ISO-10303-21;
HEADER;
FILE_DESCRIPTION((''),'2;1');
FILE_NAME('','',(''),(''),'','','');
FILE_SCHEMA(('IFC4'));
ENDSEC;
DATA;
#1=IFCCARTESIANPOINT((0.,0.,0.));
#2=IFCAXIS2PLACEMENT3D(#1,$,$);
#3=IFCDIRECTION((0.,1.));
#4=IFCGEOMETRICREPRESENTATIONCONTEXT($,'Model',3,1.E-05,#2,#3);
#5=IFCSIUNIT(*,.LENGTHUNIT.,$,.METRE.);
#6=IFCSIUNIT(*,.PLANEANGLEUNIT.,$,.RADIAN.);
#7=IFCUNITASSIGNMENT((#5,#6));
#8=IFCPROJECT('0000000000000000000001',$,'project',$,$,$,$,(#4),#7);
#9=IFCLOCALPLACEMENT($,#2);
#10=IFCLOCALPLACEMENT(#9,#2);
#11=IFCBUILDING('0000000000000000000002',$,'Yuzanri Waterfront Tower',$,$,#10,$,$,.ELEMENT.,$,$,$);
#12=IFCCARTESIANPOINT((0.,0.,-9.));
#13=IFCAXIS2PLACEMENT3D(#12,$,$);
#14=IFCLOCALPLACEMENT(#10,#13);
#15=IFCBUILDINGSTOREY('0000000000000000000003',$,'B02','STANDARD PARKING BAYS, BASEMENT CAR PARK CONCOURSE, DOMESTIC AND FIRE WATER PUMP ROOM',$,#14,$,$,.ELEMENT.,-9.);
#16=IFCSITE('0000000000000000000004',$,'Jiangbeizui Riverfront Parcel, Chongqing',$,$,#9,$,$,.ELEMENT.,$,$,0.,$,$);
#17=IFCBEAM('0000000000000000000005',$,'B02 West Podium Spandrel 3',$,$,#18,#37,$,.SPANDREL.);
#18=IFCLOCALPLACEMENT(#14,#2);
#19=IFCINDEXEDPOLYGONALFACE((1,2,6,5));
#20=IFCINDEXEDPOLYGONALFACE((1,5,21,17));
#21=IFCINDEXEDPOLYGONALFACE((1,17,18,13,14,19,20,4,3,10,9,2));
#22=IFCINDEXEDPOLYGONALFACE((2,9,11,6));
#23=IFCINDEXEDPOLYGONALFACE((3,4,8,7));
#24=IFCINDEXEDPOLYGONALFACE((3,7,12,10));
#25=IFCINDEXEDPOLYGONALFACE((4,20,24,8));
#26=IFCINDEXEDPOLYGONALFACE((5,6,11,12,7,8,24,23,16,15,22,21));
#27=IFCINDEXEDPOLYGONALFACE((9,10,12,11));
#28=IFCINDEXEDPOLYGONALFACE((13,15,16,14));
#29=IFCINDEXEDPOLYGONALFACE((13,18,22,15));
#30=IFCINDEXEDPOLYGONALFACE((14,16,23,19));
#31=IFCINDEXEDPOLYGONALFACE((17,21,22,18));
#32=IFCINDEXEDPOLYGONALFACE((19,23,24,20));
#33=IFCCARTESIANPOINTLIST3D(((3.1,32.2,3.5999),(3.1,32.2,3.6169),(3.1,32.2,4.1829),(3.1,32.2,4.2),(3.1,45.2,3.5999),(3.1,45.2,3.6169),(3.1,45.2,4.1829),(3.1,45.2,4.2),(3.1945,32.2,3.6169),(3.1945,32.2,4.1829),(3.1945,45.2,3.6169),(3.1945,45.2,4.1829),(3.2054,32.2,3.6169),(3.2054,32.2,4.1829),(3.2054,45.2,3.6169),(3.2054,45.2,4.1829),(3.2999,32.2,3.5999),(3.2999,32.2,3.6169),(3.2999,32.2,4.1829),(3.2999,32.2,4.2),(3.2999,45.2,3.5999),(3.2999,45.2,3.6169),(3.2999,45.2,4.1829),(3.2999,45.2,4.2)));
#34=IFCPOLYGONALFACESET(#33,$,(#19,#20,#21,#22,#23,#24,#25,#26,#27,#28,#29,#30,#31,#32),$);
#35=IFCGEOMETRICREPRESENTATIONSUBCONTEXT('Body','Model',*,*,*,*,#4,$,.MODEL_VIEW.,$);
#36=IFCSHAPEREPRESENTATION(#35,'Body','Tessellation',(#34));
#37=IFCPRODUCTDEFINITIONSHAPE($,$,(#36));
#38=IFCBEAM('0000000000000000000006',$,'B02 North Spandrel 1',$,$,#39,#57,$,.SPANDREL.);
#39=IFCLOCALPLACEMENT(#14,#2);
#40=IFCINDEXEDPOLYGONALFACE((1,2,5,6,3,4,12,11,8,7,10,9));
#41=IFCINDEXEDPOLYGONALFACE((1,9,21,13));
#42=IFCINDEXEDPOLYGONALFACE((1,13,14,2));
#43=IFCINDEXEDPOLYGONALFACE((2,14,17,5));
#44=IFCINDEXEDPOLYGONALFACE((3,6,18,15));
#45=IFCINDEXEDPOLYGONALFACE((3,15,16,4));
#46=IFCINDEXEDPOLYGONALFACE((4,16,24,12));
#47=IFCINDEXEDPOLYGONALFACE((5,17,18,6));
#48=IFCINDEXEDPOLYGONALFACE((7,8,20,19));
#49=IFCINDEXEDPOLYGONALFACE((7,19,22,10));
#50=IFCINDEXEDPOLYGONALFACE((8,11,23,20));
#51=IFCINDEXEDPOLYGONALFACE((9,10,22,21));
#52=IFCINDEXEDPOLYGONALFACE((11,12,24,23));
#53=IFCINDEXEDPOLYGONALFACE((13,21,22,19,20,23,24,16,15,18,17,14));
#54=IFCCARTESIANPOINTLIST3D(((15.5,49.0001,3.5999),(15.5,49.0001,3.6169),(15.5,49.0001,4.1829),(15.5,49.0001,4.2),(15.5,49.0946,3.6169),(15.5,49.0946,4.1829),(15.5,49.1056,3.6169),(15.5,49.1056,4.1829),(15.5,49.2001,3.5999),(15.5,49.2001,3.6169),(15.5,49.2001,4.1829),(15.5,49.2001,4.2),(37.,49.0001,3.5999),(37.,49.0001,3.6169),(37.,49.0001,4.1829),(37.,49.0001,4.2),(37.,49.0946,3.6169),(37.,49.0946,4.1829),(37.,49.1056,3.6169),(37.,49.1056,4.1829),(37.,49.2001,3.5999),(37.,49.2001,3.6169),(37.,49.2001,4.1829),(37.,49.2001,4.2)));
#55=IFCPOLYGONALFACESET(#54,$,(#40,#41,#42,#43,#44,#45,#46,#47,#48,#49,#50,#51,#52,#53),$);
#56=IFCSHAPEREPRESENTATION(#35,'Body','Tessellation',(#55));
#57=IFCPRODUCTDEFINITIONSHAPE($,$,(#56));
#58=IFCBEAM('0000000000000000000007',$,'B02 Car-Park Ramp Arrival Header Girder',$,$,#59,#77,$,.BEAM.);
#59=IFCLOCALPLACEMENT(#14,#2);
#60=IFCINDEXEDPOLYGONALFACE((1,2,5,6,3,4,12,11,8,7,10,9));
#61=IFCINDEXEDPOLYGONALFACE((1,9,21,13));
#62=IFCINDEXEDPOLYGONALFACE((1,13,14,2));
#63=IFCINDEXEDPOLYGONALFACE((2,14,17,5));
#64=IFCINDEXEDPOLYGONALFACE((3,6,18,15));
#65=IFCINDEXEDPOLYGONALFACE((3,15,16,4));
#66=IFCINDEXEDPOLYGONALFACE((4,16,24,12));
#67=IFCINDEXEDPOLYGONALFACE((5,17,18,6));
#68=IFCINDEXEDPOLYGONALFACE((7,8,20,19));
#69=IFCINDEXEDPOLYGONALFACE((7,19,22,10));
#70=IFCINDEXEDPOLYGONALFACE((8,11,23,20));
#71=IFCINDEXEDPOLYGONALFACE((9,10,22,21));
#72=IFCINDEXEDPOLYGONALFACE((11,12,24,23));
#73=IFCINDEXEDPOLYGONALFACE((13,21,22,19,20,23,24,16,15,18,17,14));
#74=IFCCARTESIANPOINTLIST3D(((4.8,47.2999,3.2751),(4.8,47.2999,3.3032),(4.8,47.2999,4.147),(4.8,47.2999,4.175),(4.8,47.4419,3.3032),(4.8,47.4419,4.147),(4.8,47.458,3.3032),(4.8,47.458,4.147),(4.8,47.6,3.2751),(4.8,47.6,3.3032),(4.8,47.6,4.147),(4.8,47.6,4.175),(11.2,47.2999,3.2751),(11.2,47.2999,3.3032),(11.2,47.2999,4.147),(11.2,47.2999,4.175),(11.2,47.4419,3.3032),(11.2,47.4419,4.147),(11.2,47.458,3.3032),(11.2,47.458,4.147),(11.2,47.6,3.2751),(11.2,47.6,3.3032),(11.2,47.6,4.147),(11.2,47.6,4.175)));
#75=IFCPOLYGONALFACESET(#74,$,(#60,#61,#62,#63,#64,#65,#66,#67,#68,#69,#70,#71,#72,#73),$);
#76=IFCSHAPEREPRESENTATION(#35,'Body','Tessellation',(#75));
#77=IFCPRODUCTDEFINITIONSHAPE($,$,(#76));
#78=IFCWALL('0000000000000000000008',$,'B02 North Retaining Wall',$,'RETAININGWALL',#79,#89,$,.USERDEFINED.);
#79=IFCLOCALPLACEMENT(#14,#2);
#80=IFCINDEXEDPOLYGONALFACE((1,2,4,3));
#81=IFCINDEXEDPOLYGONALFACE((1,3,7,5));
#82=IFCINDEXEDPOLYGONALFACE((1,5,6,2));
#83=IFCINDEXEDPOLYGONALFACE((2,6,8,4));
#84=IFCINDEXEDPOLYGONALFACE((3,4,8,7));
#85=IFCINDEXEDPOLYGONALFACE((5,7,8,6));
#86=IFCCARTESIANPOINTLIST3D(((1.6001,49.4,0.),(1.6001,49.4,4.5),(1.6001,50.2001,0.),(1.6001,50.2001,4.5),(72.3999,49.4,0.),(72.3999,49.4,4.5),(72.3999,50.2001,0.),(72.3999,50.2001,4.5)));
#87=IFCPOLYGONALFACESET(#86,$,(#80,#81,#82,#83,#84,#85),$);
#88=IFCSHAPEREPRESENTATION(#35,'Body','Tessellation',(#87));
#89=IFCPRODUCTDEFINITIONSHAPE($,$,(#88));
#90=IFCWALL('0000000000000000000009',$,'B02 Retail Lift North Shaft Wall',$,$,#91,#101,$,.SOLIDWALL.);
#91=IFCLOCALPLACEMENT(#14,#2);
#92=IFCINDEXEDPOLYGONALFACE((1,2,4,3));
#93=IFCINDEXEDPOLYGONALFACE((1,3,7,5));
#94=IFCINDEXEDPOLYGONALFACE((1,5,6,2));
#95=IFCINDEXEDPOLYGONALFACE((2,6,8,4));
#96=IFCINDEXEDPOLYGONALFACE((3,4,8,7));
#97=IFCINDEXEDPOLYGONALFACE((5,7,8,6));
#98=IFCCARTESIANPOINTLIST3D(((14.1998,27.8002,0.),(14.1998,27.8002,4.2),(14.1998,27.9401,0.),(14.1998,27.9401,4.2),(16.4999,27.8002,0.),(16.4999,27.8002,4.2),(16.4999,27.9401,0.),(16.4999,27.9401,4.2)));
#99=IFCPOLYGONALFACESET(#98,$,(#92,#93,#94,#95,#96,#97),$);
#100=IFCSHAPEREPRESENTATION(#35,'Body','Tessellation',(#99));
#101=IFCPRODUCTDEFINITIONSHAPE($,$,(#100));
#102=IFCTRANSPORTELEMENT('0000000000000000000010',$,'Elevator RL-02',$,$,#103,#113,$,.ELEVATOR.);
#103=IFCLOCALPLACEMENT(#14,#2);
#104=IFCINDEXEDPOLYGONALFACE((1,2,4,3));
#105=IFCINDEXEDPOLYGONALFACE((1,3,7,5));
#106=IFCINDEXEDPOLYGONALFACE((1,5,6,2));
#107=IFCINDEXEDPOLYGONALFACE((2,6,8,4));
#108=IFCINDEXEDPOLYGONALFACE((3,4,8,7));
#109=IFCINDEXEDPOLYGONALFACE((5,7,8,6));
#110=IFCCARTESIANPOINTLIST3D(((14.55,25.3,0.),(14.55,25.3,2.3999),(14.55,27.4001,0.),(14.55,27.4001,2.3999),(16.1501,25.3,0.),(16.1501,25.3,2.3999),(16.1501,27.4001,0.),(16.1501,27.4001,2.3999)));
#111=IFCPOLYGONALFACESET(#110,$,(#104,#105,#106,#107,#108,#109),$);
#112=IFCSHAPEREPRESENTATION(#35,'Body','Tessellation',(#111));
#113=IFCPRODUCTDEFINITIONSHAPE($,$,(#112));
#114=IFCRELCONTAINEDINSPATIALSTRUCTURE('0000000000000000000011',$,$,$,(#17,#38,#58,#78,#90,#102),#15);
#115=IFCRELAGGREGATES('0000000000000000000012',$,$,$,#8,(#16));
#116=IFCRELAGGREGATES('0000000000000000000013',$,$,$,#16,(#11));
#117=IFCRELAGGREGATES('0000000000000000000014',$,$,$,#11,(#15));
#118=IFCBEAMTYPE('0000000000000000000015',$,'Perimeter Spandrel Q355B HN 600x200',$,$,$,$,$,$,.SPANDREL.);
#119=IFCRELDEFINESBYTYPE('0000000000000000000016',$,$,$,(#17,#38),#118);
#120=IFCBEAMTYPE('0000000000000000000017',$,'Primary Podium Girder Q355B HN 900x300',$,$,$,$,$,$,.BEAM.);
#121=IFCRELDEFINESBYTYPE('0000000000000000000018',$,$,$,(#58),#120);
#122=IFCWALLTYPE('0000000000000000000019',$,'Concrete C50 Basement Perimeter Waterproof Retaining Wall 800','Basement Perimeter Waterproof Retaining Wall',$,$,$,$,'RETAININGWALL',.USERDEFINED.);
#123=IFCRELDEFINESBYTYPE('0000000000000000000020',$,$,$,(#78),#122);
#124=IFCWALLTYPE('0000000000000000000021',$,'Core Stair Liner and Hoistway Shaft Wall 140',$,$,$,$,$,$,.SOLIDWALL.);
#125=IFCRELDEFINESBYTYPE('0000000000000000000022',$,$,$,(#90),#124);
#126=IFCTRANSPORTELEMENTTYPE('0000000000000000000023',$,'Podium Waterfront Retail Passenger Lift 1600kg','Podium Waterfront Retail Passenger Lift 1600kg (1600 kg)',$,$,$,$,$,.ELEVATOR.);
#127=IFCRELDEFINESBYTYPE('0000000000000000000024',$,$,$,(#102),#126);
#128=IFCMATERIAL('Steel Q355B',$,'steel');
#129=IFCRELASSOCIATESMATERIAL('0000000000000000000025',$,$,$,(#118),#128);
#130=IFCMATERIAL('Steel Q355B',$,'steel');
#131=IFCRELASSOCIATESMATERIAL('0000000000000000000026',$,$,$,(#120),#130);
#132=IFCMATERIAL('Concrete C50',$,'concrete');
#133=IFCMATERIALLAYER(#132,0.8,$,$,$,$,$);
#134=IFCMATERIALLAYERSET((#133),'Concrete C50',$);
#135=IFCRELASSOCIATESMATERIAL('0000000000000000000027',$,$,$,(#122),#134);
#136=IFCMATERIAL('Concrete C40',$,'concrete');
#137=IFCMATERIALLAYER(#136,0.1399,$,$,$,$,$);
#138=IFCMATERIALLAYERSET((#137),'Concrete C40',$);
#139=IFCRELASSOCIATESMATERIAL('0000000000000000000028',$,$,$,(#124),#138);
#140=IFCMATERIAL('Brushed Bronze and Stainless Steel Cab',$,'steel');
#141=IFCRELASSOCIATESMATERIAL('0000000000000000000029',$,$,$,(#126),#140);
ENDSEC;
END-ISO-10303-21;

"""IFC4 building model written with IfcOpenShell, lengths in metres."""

from ifc_helpers import new_model, si_unit, direction, frame, frame_2d, origin, origin_2d, place, context, subcontext, project, spatial, rectangle, i_section, extrude, source, transform, mapped, material, layer, layer_set, material_profile, profile_set, type_object, element, save


model = new_model("IFC4")

# Units and contexts
model_context = context("Model", 3, precision=1e-05, world=origin(), true_north=direction((0.0, 1.0)))
body_context = subcontext(model_context, "Body", "Model", "MODEL_VIEW")
ifc_project = project(units=[si_unit("LENGTHUNIT", "METRE"), si_unit("PLANEANGLEUNIT", "RADIAN")], contexts=[model_context])

# Site, building, storey
site_placement = place(None, origin())
site = spatial("IfcSite", under=ifc_project, at=site_placement, Name="Jiangbeizui Riverfront Parcel, Chongqing", CompositionType="ELEMENT", RefElevation=0.0)
building_placement = place(site_placement, origin())
building = spatial("IfcBuilding", under=site, at=building_placement, Name="Yuzanri Waterfront Tower", CompositionType="ELEMENT")
storey_placement = place(building_placement, frame((0.0, 0.0, -9.0)))
storey = spatial("IfcBuildingStorey", under=building, at=storey_placement, Name="B02", Description="STANDARD PARKING BAYS, BASEMENT CAR PARK CONCOURSE, DOMESTIC AND FIRE WATER PUMP ROOM", CompositionType="ELEMENT", Elevation=-9.0)

# Beams
ifc_material_1 = material(Name="Steel Q355B", Category="steel")
ifc_material_profile_1 = material_profile(ifc_material_1, i_section(OverallWidth=0.2, OverallDepth=0.6001, WebThickness=0.011, FlangeThickness=0.0171, at=origin_2d()), Name="HN 600x200x11x17")
ifc_profile_set_1 = profile_set([ifc_material_profile_1], Name="Steel Q355B")
beam_type_1 = type_object("IfcBeamType", Name="Perimeter Spandrel Q355B HN 600x200", PredefinedType="SPANDREL", material=ifc_profile_set_1)
shared_shape_1 = source(origin(), body_context, "Body", "SweptSolid", [
    extrude(i_section(OverallWidth=0.2, OverallDepth=0.6001, WebThickness=0.011, FlangeThickness=0.0171, at=origin_2d()), origin(), (0.0, 0.0, 1.0), 13.0),
])
beam_1_placement = place(storey_placement, frame((3.2, 32.2, 3.8999), z_axis=(0.0, 1.0, 0.0), x_axis=(-1.0, 0.0, 0.0)))
element("IfcBeam", 1, at=beam_1_placement, inside=storey, type_object=beam_type_1, Name="B02 West Podium Spandrel 3", PredefinedType="SPANDREL", context=body_context, shape_type="MappedRepresentation", body=[
    mapped(shared_shape_1, transform((0.0, 0.0, 0.0), scale=1.0)),
])
shared_shape_2 = source(origin(), body_context, "Body", "SweptSolid", [
    extrude(i_section(OverallWidth=0.2, OverallDepth=0.6001, WebThickness=0.011, FlangeThickness=0.0171, at=origin_2d()), origin(), (0.0, 0.0, 1.0), 21.5),
])
beam_2_placement = place(storey_placement, frame((15.5, 49.1001, 3.8999), z_axis=(1.0, 0.0, 0.0), x_axis=(0.0, 1.0, 0.0)))
element("IfcBeam", 2, at=beam_2_placement, inside=storey, type_object=beam_type_1, Name="B02 North Spandrel 1", PredefinedType="SPANDREL", context=body_context, shape_type="MappedRepresentation", body=[
    mapped(shared_shape_2, transform((0.0, 0.0, 0.0), scale=1.0)),
])
ifc_material_2 = material(Name="Steel Q355B", Category="steel")
ifc_material_profile_2 = material_profile(ifc_material_2, i_section(OverallWidth=0.3, OverallDepth=0.8999, WebThickness=0.0161, FlangeThickness=0.0281, at=origin_2d()), Name="HN 900x300x16x28")
ifc_profile_set_2 = profile_set([ifc_material_profile_2], Name="Steel Q355B")
beam_type_2 = type_object("IfcBeamType", Name="Primary Podium Girder Q355B HN 900x300", PredefinedType="BEAM", material=ifc_profile_set_2)
shared_shape_3 = source(origin(), body_context, "Body", "SweptSolid", [
    extrude(i_section(OverallWidth=0.3, OverallDepth=0.8999, WebThickness=0.0161, FlangeThickness=0.0281, at=origin_2d()), origin(), (0.0, 0.0, 1.0), 6.3999),
])
beam_3_placement = place(storey_placement, frame((4.8, 47.45, 3.7251), z_axis=(1.0, 0.0, 0.0), x_axis=(0.0, 1.0, 0.0)))
element("IfcBeam", 3, at=beam_3_placement, inside=storey, type_object=beam_type_2, Name="B02 Car-Park Ramp Arrival Header Girder", PredefinedType="BEAM", context=body_context, shape_type="MappedRepresentation", body=[
    mapped(shared_shape_3, transform((0.0, 0.0, 0.0), scale=1.0)),
])

# Walls
ifc_material_3 = material(Name="Concrete C50", Category="concrete")
ifc_layer_1 = layer(ifc_material_3, 0.8)
ifc_layer_set_1 = layer_set([ifc_layer_1], Name="Concrete C50")
wall_type_1 = type_object("IfcWallType", Name="Concrete C50 Basement Perimeter Waterproof Retaining Wall 800", Description="Basement Perimeter Waterproof Retaining Wall", ElementType="RETAININGWALL", PredefinedType="USERDEFINED", material=ifc_layer_set_1)
shared_shape_4 = source(origin(), body_context, "Body", "SweptSolid", [
    extrude(rectangle(XDim=70.7998, YDim=0.8, at=frame_2d((35.3999, 0.0))), origin(), (0.0, 0.0, 1.0), 4.5),
])
wall_1_placement = place(storey_placement, frame((1.6001, 49.8, 0.0), z_axis=(0.0, 0.0, 1.0), x_axis=(1.0, 0.0, 0.0)))
element("IfcWall", 4, at=wall_1_placement, inside=storey, type_object=wall_type_1, Name="B02 North Retaining Wall", ObjectType="RETAININGWALL", PredefinedType="USERDEFINED", context=body_context, shape_type="MappedRepresentation", body=[
    mapped(shared_shape_4, transform((0.0, 0.0, 0.0), scale=1.0)),
])
ifc_material_4 = material(Name="Concrete C40", Category="concrete")
ifc_layer_2 = layer(ifc_material_4, 0.1399)
ifc_layer_set_2 = layer_set([ifc_layer_2], Name="Concrete C40")
wall_type_2 = type_object("IfcWallType", Name="Core Stair Liner and Hoistway Shaft Wall 140", PredefinedType="SOLIDWALL", material=ifc_layer_set_2)
shared_shape_5 = source(origin(), body_context, "Body", "SweptSolid", [
    extrude(rectangle(XDim=2.3, YDim=0.1399, at=frame_2d((1.1499, 0.0))), origin(), (0.0, 0.0, 1.0), 4.2),
])
wall_2_placement = place(storey_placement, frame((14.2, 27.8701, 0.0), z_axis=(0.0, 0.0, 1.0), x_axis=(1.0, 0.0, 0.0)))
element("IfcWall", 5, at=wall_2_placement, inside=storey, type_object=wall_type_2, Name="B02 Retail Lift North Shaft Wall", PredefinedType="SOLIDWALL", context=body_context, shape_type="MappedRepresentation", body=[
    mapped(shared_shape_5, transform((0.0, 0.0, 0.0), scale=1.0)),
])

# Transport element
ifc_material_5 = material(Name="Brushed Bronze and Stainless Steel Cab", Category="steel")
transport_element_type = type_object("IfcTransportElementType", Name="Podium Waterfront Retail Passenger Lift 1600kg", Description="Podium Waterfront Retail Passenger Lift 1600kg (1600 kg)", PredefinedType="ELEVATOR", material=ifc_material_5)
shared_shape_6 = source(origin(), body_context, "Body", "SweptSolid", [
    extrude(rectangle(XDim=1.6001, YDim=2.1001, at=origin_2d()), origin(), (0.0, 0.0, 1.0), 2.3999),
])
transport_element_placement = place(storey_placement, frame((15.3501, 26.3501, 0.0), z_axis=(0.0, 0.0, 1.0), x_axis=(1.0, 0.0, 0.0)))
element("IfcTransportElement", 6, at=transport_element_placement, inside=storey, type_object=transport_element_type, Name="Elevator RL-02", PredefinedType="ELEVATOR", context=body_context, shape_type="MappedRepresentation", body=[
    mapped(shared_shape_6, transform((0.0, 0.0, 0.0), scale=1.0)),
])

save(model, "model.ifc")
